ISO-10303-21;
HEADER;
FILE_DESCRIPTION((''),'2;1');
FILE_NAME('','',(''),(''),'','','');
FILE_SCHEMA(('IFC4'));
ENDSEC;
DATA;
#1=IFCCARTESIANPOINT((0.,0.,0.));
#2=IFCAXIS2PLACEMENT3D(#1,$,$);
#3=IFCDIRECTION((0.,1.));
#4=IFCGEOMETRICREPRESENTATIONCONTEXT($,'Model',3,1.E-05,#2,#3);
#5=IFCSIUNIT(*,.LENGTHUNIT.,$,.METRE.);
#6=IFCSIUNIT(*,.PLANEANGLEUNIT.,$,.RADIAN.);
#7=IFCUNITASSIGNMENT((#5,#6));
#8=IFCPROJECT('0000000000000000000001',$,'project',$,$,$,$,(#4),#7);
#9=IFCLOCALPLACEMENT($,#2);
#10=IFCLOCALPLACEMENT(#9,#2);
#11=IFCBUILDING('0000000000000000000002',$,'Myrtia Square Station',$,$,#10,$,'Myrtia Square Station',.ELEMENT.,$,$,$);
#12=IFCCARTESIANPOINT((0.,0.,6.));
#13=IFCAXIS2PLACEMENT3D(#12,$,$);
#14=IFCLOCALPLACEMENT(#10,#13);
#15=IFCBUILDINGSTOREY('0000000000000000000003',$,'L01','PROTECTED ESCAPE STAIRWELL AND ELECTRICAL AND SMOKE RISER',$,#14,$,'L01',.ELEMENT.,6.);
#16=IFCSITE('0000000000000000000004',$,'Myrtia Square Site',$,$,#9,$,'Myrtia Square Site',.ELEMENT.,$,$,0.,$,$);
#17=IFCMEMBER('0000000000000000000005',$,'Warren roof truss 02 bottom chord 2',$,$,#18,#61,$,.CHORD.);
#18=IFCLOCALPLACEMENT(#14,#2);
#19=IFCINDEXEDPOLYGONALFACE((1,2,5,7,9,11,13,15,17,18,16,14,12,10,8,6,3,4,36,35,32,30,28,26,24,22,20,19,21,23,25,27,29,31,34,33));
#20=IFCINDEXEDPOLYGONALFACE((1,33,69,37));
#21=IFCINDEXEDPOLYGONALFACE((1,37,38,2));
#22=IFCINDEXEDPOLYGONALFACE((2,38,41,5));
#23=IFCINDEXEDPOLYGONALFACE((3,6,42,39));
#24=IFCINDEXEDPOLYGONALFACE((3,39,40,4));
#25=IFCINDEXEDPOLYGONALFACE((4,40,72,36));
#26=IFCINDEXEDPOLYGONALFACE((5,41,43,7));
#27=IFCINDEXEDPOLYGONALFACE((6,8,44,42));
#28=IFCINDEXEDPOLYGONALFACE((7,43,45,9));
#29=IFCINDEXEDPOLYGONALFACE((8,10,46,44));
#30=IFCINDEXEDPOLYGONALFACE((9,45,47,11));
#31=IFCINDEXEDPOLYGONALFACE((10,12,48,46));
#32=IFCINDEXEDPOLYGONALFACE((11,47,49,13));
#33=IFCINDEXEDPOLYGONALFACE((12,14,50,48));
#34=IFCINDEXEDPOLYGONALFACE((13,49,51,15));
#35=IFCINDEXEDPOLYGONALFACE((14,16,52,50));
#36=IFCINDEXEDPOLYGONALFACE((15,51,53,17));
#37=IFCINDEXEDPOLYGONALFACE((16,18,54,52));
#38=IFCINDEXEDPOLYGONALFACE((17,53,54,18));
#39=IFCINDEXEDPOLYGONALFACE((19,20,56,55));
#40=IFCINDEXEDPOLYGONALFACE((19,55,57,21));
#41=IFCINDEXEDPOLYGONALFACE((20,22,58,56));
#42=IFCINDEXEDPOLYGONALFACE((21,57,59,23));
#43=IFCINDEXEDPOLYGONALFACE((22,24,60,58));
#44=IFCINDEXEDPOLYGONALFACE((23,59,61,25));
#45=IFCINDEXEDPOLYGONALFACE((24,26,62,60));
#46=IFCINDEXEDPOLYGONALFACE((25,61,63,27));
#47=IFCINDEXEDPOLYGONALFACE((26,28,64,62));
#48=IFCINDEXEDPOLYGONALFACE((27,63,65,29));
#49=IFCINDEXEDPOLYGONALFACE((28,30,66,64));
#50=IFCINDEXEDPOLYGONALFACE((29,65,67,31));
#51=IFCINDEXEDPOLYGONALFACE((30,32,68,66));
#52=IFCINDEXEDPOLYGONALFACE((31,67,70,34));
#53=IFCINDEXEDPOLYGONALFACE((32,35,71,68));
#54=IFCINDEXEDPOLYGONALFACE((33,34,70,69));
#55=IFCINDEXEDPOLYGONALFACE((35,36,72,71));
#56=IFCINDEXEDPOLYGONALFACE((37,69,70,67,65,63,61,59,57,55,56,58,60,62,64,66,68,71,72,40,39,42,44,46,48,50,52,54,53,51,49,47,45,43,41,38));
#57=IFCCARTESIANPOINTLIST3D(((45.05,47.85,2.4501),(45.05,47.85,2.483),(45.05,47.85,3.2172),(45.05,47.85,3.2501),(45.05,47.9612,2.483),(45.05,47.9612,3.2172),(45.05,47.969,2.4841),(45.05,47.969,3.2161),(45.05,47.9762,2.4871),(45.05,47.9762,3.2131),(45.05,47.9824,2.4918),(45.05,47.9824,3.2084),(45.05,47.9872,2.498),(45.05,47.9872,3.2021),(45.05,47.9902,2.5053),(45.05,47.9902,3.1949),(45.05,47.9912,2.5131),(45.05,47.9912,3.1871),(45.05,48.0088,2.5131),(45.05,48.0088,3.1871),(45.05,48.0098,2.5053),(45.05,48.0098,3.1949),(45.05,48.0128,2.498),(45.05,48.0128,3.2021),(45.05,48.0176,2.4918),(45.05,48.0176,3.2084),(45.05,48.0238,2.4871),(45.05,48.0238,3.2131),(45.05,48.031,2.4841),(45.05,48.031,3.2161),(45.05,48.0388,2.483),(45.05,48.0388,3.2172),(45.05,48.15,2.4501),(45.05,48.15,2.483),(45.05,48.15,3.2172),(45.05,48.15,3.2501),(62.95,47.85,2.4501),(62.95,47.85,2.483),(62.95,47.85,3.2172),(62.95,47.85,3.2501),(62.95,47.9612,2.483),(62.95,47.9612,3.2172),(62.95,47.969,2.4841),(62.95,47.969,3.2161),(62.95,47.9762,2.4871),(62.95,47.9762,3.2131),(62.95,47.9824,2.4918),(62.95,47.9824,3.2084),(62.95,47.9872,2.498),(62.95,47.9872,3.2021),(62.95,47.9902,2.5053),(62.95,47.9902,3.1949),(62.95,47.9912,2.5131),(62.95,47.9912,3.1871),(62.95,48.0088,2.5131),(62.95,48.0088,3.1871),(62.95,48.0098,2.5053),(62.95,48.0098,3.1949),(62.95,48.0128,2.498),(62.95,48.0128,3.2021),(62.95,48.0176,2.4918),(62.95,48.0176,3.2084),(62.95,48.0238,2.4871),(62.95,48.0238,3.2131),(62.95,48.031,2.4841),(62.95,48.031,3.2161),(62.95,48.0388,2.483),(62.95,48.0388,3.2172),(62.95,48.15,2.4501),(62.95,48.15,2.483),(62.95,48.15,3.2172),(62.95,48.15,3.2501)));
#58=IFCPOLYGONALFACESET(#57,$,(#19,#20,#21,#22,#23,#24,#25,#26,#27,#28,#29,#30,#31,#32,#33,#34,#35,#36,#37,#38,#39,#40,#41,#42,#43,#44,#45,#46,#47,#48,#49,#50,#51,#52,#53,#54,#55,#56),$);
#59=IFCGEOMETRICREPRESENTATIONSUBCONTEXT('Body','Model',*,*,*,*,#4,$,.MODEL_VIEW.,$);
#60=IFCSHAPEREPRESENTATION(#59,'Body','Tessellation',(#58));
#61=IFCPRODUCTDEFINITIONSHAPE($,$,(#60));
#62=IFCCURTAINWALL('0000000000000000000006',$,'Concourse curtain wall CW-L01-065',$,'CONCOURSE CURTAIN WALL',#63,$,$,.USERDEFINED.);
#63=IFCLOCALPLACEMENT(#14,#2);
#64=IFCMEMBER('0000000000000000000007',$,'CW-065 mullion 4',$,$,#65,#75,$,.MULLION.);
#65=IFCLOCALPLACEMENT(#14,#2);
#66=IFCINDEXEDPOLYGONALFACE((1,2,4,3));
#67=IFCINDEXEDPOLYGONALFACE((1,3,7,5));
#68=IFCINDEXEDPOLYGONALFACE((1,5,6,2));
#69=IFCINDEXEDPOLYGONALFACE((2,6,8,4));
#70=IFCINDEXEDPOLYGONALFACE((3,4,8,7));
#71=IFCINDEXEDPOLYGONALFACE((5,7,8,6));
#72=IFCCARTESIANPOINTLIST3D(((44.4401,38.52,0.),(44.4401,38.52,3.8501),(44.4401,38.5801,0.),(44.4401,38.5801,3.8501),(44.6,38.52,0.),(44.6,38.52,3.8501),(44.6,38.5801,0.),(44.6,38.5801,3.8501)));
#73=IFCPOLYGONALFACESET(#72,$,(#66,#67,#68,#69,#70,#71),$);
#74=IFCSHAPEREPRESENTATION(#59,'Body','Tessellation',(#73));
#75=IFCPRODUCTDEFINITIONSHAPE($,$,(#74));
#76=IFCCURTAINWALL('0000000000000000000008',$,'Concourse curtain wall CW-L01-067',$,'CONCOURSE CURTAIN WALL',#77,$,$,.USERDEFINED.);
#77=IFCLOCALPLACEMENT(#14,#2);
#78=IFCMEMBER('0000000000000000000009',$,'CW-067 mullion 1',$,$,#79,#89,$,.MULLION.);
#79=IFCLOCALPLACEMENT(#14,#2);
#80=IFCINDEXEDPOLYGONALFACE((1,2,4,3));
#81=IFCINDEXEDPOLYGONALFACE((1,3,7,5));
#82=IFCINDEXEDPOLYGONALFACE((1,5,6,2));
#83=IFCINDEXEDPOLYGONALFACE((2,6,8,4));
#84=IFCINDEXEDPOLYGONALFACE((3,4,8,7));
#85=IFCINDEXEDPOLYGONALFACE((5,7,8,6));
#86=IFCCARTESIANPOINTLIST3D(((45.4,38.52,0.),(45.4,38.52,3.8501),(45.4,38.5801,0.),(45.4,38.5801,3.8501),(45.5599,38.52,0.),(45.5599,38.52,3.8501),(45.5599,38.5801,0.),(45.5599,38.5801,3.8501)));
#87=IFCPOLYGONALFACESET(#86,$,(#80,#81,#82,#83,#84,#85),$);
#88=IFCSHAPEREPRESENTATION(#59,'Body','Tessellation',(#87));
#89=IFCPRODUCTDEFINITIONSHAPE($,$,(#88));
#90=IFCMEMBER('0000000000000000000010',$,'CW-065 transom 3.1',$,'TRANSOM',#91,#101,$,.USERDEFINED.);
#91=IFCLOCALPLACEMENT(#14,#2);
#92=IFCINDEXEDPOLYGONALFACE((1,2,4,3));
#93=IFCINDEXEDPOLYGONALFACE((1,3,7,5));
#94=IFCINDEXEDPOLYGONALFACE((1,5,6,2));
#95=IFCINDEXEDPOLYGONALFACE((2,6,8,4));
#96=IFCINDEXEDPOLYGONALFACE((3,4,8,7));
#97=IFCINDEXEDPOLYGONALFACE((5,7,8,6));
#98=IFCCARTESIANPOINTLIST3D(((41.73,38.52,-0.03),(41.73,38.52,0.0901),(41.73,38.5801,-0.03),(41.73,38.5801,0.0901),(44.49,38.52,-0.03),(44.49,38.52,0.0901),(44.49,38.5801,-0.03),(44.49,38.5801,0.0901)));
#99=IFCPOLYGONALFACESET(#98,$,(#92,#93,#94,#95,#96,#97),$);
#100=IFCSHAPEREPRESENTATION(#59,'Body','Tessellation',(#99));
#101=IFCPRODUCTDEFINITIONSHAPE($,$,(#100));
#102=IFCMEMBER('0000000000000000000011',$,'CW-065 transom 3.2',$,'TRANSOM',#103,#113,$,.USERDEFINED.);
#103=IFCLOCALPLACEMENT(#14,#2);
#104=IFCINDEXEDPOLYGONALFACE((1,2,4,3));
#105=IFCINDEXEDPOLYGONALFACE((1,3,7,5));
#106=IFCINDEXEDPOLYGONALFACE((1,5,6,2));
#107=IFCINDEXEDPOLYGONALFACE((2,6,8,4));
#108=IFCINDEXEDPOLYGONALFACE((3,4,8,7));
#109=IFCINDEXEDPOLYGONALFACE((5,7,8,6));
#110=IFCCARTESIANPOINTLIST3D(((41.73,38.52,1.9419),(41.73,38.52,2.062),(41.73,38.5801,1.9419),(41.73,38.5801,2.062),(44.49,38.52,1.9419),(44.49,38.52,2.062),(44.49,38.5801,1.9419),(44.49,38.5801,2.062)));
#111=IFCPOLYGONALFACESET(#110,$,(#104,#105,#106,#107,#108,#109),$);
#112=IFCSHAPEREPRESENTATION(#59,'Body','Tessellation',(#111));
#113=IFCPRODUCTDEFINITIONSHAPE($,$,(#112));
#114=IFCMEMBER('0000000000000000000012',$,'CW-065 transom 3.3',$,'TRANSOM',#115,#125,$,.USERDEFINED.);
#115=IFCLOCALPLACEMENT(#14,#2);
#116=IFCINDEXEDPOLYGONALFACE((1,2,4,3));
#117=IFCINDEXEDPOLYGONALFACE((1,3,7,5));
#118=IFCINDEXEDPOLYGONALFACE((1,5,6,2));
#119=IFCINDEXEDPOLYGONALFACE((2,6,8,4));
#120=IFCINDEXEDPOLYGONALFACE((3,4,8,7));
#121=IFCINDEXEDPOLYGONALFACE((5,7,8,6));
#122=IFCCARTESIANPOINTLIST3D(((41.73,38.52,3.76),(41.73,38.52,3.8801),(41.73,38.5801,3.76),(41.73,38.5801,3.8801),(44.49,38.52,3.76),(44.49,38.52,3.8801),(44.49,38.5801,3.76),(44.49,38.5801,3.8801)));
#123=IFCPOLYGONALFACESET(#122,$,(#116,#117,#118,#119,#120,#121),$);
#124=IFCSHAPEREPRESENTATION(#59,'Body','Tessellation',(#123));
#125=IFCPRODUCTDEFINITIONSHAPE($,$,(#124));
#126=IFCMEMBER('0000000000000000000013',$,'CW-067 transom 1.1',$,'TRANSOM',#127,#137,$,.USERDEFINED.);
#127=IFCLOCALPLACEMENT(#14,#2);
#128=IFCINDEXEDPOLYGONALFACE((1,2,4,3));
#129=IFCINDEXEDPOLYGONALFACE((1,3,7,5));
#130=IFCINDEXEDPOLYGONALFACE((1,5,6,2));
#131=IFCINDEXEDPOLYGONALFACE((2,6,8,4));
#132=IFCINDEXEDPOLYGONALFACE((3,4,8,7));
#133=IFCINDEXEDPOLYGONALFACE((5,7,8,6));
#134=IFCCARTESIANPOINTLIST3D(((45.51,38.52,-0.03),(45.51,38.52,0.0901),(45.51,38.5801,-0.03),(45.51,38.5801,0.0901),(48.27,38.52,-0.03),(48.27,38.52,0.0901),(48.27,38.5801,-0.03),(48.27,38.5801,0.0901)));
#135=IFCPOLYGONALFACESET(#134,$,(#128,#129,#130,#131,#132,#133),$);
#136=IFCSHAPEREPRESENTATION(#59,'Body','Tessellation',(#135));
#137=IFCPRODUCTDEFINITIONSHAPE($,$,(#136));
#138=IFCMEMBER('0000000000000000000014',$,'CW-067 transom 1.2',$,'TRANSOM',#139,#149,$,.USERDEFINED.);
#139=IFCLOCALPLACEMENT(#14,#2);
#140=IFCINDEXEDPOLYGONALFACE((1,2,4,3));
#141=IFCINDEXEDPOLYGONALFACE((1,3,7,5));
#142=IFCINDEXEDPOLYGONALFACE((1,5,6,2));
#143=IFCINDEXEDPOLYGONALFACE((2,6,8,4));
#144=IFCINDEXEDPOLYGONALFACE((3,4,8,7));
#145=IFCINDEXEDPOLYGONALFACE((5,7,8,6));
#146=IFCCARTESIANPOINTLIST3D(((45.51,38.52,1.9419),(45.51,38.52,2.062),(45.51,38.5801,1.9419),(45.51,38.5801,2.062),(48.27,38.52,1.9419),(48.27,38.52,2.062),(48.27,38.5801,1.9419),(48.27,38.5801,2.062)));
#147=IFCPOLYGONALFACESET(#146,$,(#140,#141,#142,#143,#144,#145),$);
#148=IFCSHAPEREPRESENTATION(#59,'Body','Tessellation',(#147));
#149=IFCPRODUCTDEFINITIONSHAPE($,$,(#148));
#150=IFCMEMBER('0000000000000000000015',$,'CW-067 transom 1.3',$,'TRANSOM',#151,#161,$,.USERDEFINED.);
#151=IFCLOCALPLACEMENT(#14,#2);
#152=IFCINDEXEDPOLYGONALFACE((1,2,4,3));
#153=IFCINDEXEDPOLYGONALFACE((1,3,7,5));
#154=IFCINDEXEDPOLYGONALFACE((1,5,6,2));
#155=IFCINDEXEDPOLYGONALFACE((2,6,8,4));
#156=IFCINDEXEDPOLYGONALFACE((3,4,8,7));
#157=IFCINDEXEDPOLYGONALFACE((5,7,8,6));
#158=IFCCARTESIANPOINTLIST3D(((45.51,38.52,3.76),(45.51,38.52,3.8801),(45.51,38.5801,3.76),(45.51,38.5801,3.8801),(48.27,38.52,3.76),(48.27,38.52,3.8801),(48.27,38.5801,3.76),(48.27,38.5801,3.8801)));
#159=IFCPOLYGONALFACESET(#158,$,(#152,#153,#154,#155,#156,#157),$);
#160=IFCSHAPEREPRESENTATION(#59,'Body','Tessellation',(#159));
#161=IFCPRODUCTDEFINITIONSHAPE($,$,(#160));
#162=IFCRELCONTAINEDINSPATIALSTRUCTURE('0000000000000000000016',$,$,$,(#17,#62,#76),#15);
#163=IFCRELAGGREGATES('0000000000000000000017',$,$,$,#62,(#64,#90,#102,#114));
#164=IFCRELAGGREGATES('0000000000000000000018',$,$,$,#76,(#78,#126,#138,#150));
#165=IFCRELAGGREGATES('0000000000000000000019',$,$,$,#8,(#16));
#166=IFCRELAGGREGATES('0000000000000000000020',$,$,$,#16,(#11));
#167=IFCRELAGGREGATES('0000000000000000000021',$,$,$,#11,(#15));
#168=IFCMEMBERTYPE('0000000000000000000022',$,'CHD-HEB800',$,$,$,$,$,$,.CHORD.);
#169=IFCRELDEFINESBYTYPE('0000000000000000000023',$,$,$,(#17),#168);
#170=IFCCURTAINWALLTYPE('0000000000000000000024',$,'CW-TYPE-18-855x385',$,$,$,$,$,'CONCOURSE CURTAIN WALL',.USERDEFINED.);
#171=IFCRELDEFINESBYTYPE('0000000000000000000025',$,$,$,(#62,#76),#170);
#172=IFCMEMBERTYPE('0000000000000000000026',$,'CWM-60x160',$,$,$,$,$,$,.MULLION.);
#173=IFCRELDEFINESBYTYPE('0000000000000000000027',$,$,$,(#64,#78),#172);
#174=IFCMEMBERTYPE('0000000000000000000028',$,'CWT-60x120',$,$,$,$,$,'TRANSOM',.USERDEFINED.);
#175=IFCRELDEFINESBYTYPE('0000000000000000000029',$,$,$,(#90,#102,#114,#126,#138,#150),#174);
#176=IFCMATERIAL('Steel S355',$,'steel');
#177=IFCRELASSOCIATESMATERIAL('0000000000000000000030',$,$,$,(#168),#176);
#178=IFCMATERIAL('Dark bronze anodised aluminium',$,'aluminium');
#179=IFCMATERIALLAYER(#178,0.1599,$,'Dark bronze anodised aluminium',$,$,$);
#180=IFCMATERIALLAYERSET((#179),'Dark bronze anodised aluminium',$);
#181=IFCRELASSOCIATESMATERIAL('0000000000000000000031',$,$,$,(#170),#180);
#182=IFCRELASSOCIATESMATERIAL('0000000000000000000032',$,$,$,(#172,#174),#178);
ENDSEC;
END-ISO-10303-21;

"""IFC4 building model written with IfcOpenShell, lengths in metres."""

from ifc_helpers import new_model, si_unit, direction, frame, origin, origin_2d, place, context, subcontext, project, spatial, rectangle, i_section, extrude, material, layer, layer_set, material_profile, profile_set, type_object, element, aggregate, save


model = new_model("IFC4")

# Units and contexts
model_context = context("Model", 3, precision=1e-05, world=origin(), true_north=direction((0.0, 1.0)))
body_context = subcontext(model_context, "Body", "Model", "MODEL_VIEW")
ifc_project = project(units=[si_unit("LENGTHUNIT", "METRE"), si_unit("PLANEANGLEUNIT", "RADIAN")], contexts=[model_context])

# Site, building, storey
site_placement = place(None, origin())
site = spatial("IfcSite", under=ifc_project, at=site_placement, Name="Myrtia Square Site", LongName="Myrtia Square Site", CompositionType="ELEMENT", RefElevation=0.0)
building_placement = place(site_placement, origin())
building = spatial("IfcBuilding", under=site, at=building_placement, Name="Myrtia Square Station", LongName="Myrtia Square Station", CompositionType="ELEMENT")
storey_placement = place(building_placement, frame((0.0, 0.0, 6.0)))
storey = spatial("IfcBuildingStorey", under=building, at=storey_placement, Name="L01", Description="PROTECTED ESCAPE STAIRWELL AND ELECTRICAL AND SMOKE RISER", LongName="L01", CompositionType="ELEMENT", Elevation=6.0)

# Shared definitions
ifc_material_1 = material(Name="Steel S355", Category="steel")

# Member
ifc_material_profile_1 = material_profile(ifc_material_1, i_section(OverallWidth=0.3, OverallDepth=0.8, WebThickness=0.0176, FlangeThickness=0.033, FilletRadius=0.03, at=origin_2d()), Name="HEB 800")
ifc_profile_set_1 = profile_set([ifc_material_profile_1], Name="Steel S355")
member_type_1 = type_object("IfcMemberType", Name="CHD-HEB800", PredefinedType="CHORD", material=ifc_profile_set_1)
member_1_placement = place(storey_placement, frame((45.05, 48.0, 2.8501), z_axis=(1.0, 0.0, 0.0), x_axis=(0.0, 1.0, 0.0)))
element("IfcMember", 1, at=member_1_placement, inside=storey, type_object=member_type_1, Name="Warren roof truss 02 bottom chord 2", PredefinedType="CHORD", context=body_context, shape_type="SweptSolid", body=[
    extrude(i_section(OverallWidth=0.3, OverallDepth=0.8, WebThickness=0.0176, FlangeThickness=0.033, FilletRadius=0.03, at=origin_2d()), origin(), (0.0, 0.0, 1.0), 17.8999),
])

# Curtain walls, members
ifc_material_2 = material(Name="Dark bronze anodised aluminium", Category="aluminium")
ifc_layer_1 = layer(ifc_material_2, 0.1599, Name="Dark bronze anodised aluminium")
ifc_layer_set_1 = layer_set([ifc_layer_1], Name="Dark bronze anodised aluminium")
curtain_wall_type = type_object("IfcCurtainWallType", Name="CW-TYPE-18-855x385", ElementType="CONCOURSE CURTAIN WALL", PredefinedType="USERDEFINED", material=ifc_layer_set_1)
curtain_wall_1_placement = place(storey_placement, origin())
curtain_wall_1 = element("IfcCurtainWall", 2, at=curtain_wall_1_placement, inside=storey, type_object=curtain_wall_type, Name="Concourse curtain wall CW-L01-065", ObjectType="CONCOURSE CURTAIN WALL", PredefinedType="USERDEFINED")
ifc_material_profile_2 = material_profile(ifc_material_2, rectangle(XDim=0.0601, YDim=0.1599, at=origin_2d()), Name="ALU-M 60x160")
ifc_profile_set_2 = profile_set([ifc_material_profile_2], Name="Dark bronze anodised aluminium")
member_type_2 = type_object("IfcMemberType", Name="CWM-60x160", PredefinedType="MULLION", material=ifc_profile_set_2)
member_2_placement = place(storey_placement, frame((44.52, 38.55, 0.0), z_axis=(0.0, 0.0, 1.0), x_axis=(0.0, 1.0, 0.0)))
member_2 = element("IfcMember", 3, at=member_2_placement, type_object=member_type_2, Name="CW-065 mullion 4", PredefinedType="MULLION", context=body_context, shape_type="SweptSolid", body=[
    extrude(rectangle(XDim=0.0601, YDim=0.1599, at=origin_2d()), origin(), (0.0, 0.0, 1.0), 3.8501),
])
curtain_wall_2_placement = place(storey_placement, origin())
curtain_wall_2 = element("IfcCurtainWall", 4, at=curtain_wall_2_placement, inside=storey, type_object=curtain_wall_type, Name="Concourse curtain wall CW-L01-067", ObjectType="CONCOURSE CURTAIN WALL", PredefinedType="USERDEFINED")
member_3_placement = place(storey_placement, frame((45.48, 38.55, 0.0), z_axis=(0.0, 0.0, 1.0), x_axis=(0.0, 1.0, 0.0)))
member_3 = element("IfcMember", 5, at=member_3_placement, type_object=member_type_2, Name="CW-067 mullion 1", PredefinedType="MULLION", context=body_context, shape_type="SweptSolid", body=[
    extrude(rectangle(XDim=0.0601, YDim=0.1599, at=origin_2d()), origin(), (0.0, 0.0, 1.0), 3.8501),
])

# Members
ifc_material_profile_3 = material_profile(ifc_material_2, rectangle(XDim=0.0601, YDim=0.1201, at=origin_2d()), Name="ALU-T 60x120")
ifc_profile_set_3 = profile_set([ifc_material_profile_3], Name="Dark bronze anodised aluminium")
member_type_3 = type_object("IfcMemberType", Name="CWT-60x120", ElementType="TRANSOM", PredefinedType="USERDEFINED", material=ifc_profile_set_3)
member_4_placement = place(storey_placement, frame((41.73, 38.55, 0.03), z_axis=(1.0, 0.0, 0.0), x_axis=(0.0, 1.0, 0.0)))
member_4 = element("IfcMember", 6, at=member_4_placement, type_object=member_type_3, Name="CW-065 transom 3.1", ObjectType="TRANSOM", PredefinedType="USERDEFINED", context=body_context, shape_type="SweptSolid", body=[
    extrude(rectangle(XDim=0.0601, YDim=0.1201, at=origin_2d()), origin(), (0.0, 0.0, 1.0), 2.76),
])
member_5_placement = place(storey_placement, frame((41.73, 38.55, 2.002), z_axis=(1.0, 0.0, 0.0), x_axis=(0.0, 1.0, 0.0)))
member_5 = element("IfcMember", 7, at=member_5_placement, type_object=member_type_3, Name="CW-065 transom 3.2", ObjectType="TRANSOM", PredefinedType="USERDEFINED", context=body_context, shape_type="SweptSolid", body=[
    extrude(rectangle(XDim=0.0601, YDim=0.1201, at=origin_2d()), origin(), (0.0, 0.0, 1.0), 2.76),
])
member_6_placement = place(storey_placement, frame((41.73, 38.55, 3.8201), z_axis=(1.0, 0.0, 0.0), x_axis=(0.0, 1.0, 0.0)))
member_6 = element("IfcMember", 8, at=member_6_placement, type_object=member_type_3, Name="CW-065 transom 3.3", ObjectType="TRANSOM", PredefinedType="USERDEFINED", context=body_context, shape_type="SweptSolid", body=[
    extrude(rectangle(XDim=0.0601, YDim=0.1201, at=origin_2d()), origin(), (0.0, 0.0, 1.0), 2.76),
])
member_7_placement = place(storey_placement, frame((45.51, 38.55, 0.03), z_axis=(1.0, 0.0, 0.0), x_axis=(0.0, 1.0, 0.0)))
member_7 = element("IfcMember", 9, at=member_7_placement, type_object=member_type_3, Name="CW-067 transom 1.1", ObjectType="TRANSOM", PredefinedType="USERDEFINED", context=body_context, shape_type="SweptSolid", body=[
    extrude(rectangle(XDim=0.0601, YDim=0.1201, at=origin_2d()), origin(), (0.0, 0.0, 1.0), 2.76),
])
member_8_placement = place(storey_placement, frame((45.51, 38.55, 2.002), z_axis=(1.0, 0.0, 0.0), x_axis=(0.0, 1.0, 0.0)))
member_8 = element("IfcMember", 10, at=member_8_placement, type_object=member_type_3, Name="CW-067 transom 1.2", ObjectType="TRANSOM", PredefinedType="USERDEFINED", context=body_context, shape_type="SweptSolid", body=[
    extrude(rectangle(XDim=0.0601, YDim=0.1201, at=origin_2d()), origin(), (0.0, 0.0, 1.0), 2.76),
])
member_9_placement = place(storey_placement, frame((45.51, 38.55, 3.8201), z_axis=(1.0, 0.0, 0.0), x_axis=(0.0, 1.0, 0.0)))
member_9 = element("IfcMember", 11, at=member_9_placement, type_object=member_type_3, Name="CW-067 transom 1.3", ObjectType="TRANSOM", PredefinedType="USERDEFINED", context=body_context, shape_type="SweptSolid", body=[
    extrude(rectangle(XDim=0.0601, YDim=0.1201, at=origin_2d()), origin(), (0.0, 0.0, 1.0), 2.76),
])

aggregate(curtain_wall_1, [member_2, member_4, member_5, member_6])
aggregate(curtain_wall_2, [member_3, member_7, member_8, member_9])

save(model, "model.ifc")
